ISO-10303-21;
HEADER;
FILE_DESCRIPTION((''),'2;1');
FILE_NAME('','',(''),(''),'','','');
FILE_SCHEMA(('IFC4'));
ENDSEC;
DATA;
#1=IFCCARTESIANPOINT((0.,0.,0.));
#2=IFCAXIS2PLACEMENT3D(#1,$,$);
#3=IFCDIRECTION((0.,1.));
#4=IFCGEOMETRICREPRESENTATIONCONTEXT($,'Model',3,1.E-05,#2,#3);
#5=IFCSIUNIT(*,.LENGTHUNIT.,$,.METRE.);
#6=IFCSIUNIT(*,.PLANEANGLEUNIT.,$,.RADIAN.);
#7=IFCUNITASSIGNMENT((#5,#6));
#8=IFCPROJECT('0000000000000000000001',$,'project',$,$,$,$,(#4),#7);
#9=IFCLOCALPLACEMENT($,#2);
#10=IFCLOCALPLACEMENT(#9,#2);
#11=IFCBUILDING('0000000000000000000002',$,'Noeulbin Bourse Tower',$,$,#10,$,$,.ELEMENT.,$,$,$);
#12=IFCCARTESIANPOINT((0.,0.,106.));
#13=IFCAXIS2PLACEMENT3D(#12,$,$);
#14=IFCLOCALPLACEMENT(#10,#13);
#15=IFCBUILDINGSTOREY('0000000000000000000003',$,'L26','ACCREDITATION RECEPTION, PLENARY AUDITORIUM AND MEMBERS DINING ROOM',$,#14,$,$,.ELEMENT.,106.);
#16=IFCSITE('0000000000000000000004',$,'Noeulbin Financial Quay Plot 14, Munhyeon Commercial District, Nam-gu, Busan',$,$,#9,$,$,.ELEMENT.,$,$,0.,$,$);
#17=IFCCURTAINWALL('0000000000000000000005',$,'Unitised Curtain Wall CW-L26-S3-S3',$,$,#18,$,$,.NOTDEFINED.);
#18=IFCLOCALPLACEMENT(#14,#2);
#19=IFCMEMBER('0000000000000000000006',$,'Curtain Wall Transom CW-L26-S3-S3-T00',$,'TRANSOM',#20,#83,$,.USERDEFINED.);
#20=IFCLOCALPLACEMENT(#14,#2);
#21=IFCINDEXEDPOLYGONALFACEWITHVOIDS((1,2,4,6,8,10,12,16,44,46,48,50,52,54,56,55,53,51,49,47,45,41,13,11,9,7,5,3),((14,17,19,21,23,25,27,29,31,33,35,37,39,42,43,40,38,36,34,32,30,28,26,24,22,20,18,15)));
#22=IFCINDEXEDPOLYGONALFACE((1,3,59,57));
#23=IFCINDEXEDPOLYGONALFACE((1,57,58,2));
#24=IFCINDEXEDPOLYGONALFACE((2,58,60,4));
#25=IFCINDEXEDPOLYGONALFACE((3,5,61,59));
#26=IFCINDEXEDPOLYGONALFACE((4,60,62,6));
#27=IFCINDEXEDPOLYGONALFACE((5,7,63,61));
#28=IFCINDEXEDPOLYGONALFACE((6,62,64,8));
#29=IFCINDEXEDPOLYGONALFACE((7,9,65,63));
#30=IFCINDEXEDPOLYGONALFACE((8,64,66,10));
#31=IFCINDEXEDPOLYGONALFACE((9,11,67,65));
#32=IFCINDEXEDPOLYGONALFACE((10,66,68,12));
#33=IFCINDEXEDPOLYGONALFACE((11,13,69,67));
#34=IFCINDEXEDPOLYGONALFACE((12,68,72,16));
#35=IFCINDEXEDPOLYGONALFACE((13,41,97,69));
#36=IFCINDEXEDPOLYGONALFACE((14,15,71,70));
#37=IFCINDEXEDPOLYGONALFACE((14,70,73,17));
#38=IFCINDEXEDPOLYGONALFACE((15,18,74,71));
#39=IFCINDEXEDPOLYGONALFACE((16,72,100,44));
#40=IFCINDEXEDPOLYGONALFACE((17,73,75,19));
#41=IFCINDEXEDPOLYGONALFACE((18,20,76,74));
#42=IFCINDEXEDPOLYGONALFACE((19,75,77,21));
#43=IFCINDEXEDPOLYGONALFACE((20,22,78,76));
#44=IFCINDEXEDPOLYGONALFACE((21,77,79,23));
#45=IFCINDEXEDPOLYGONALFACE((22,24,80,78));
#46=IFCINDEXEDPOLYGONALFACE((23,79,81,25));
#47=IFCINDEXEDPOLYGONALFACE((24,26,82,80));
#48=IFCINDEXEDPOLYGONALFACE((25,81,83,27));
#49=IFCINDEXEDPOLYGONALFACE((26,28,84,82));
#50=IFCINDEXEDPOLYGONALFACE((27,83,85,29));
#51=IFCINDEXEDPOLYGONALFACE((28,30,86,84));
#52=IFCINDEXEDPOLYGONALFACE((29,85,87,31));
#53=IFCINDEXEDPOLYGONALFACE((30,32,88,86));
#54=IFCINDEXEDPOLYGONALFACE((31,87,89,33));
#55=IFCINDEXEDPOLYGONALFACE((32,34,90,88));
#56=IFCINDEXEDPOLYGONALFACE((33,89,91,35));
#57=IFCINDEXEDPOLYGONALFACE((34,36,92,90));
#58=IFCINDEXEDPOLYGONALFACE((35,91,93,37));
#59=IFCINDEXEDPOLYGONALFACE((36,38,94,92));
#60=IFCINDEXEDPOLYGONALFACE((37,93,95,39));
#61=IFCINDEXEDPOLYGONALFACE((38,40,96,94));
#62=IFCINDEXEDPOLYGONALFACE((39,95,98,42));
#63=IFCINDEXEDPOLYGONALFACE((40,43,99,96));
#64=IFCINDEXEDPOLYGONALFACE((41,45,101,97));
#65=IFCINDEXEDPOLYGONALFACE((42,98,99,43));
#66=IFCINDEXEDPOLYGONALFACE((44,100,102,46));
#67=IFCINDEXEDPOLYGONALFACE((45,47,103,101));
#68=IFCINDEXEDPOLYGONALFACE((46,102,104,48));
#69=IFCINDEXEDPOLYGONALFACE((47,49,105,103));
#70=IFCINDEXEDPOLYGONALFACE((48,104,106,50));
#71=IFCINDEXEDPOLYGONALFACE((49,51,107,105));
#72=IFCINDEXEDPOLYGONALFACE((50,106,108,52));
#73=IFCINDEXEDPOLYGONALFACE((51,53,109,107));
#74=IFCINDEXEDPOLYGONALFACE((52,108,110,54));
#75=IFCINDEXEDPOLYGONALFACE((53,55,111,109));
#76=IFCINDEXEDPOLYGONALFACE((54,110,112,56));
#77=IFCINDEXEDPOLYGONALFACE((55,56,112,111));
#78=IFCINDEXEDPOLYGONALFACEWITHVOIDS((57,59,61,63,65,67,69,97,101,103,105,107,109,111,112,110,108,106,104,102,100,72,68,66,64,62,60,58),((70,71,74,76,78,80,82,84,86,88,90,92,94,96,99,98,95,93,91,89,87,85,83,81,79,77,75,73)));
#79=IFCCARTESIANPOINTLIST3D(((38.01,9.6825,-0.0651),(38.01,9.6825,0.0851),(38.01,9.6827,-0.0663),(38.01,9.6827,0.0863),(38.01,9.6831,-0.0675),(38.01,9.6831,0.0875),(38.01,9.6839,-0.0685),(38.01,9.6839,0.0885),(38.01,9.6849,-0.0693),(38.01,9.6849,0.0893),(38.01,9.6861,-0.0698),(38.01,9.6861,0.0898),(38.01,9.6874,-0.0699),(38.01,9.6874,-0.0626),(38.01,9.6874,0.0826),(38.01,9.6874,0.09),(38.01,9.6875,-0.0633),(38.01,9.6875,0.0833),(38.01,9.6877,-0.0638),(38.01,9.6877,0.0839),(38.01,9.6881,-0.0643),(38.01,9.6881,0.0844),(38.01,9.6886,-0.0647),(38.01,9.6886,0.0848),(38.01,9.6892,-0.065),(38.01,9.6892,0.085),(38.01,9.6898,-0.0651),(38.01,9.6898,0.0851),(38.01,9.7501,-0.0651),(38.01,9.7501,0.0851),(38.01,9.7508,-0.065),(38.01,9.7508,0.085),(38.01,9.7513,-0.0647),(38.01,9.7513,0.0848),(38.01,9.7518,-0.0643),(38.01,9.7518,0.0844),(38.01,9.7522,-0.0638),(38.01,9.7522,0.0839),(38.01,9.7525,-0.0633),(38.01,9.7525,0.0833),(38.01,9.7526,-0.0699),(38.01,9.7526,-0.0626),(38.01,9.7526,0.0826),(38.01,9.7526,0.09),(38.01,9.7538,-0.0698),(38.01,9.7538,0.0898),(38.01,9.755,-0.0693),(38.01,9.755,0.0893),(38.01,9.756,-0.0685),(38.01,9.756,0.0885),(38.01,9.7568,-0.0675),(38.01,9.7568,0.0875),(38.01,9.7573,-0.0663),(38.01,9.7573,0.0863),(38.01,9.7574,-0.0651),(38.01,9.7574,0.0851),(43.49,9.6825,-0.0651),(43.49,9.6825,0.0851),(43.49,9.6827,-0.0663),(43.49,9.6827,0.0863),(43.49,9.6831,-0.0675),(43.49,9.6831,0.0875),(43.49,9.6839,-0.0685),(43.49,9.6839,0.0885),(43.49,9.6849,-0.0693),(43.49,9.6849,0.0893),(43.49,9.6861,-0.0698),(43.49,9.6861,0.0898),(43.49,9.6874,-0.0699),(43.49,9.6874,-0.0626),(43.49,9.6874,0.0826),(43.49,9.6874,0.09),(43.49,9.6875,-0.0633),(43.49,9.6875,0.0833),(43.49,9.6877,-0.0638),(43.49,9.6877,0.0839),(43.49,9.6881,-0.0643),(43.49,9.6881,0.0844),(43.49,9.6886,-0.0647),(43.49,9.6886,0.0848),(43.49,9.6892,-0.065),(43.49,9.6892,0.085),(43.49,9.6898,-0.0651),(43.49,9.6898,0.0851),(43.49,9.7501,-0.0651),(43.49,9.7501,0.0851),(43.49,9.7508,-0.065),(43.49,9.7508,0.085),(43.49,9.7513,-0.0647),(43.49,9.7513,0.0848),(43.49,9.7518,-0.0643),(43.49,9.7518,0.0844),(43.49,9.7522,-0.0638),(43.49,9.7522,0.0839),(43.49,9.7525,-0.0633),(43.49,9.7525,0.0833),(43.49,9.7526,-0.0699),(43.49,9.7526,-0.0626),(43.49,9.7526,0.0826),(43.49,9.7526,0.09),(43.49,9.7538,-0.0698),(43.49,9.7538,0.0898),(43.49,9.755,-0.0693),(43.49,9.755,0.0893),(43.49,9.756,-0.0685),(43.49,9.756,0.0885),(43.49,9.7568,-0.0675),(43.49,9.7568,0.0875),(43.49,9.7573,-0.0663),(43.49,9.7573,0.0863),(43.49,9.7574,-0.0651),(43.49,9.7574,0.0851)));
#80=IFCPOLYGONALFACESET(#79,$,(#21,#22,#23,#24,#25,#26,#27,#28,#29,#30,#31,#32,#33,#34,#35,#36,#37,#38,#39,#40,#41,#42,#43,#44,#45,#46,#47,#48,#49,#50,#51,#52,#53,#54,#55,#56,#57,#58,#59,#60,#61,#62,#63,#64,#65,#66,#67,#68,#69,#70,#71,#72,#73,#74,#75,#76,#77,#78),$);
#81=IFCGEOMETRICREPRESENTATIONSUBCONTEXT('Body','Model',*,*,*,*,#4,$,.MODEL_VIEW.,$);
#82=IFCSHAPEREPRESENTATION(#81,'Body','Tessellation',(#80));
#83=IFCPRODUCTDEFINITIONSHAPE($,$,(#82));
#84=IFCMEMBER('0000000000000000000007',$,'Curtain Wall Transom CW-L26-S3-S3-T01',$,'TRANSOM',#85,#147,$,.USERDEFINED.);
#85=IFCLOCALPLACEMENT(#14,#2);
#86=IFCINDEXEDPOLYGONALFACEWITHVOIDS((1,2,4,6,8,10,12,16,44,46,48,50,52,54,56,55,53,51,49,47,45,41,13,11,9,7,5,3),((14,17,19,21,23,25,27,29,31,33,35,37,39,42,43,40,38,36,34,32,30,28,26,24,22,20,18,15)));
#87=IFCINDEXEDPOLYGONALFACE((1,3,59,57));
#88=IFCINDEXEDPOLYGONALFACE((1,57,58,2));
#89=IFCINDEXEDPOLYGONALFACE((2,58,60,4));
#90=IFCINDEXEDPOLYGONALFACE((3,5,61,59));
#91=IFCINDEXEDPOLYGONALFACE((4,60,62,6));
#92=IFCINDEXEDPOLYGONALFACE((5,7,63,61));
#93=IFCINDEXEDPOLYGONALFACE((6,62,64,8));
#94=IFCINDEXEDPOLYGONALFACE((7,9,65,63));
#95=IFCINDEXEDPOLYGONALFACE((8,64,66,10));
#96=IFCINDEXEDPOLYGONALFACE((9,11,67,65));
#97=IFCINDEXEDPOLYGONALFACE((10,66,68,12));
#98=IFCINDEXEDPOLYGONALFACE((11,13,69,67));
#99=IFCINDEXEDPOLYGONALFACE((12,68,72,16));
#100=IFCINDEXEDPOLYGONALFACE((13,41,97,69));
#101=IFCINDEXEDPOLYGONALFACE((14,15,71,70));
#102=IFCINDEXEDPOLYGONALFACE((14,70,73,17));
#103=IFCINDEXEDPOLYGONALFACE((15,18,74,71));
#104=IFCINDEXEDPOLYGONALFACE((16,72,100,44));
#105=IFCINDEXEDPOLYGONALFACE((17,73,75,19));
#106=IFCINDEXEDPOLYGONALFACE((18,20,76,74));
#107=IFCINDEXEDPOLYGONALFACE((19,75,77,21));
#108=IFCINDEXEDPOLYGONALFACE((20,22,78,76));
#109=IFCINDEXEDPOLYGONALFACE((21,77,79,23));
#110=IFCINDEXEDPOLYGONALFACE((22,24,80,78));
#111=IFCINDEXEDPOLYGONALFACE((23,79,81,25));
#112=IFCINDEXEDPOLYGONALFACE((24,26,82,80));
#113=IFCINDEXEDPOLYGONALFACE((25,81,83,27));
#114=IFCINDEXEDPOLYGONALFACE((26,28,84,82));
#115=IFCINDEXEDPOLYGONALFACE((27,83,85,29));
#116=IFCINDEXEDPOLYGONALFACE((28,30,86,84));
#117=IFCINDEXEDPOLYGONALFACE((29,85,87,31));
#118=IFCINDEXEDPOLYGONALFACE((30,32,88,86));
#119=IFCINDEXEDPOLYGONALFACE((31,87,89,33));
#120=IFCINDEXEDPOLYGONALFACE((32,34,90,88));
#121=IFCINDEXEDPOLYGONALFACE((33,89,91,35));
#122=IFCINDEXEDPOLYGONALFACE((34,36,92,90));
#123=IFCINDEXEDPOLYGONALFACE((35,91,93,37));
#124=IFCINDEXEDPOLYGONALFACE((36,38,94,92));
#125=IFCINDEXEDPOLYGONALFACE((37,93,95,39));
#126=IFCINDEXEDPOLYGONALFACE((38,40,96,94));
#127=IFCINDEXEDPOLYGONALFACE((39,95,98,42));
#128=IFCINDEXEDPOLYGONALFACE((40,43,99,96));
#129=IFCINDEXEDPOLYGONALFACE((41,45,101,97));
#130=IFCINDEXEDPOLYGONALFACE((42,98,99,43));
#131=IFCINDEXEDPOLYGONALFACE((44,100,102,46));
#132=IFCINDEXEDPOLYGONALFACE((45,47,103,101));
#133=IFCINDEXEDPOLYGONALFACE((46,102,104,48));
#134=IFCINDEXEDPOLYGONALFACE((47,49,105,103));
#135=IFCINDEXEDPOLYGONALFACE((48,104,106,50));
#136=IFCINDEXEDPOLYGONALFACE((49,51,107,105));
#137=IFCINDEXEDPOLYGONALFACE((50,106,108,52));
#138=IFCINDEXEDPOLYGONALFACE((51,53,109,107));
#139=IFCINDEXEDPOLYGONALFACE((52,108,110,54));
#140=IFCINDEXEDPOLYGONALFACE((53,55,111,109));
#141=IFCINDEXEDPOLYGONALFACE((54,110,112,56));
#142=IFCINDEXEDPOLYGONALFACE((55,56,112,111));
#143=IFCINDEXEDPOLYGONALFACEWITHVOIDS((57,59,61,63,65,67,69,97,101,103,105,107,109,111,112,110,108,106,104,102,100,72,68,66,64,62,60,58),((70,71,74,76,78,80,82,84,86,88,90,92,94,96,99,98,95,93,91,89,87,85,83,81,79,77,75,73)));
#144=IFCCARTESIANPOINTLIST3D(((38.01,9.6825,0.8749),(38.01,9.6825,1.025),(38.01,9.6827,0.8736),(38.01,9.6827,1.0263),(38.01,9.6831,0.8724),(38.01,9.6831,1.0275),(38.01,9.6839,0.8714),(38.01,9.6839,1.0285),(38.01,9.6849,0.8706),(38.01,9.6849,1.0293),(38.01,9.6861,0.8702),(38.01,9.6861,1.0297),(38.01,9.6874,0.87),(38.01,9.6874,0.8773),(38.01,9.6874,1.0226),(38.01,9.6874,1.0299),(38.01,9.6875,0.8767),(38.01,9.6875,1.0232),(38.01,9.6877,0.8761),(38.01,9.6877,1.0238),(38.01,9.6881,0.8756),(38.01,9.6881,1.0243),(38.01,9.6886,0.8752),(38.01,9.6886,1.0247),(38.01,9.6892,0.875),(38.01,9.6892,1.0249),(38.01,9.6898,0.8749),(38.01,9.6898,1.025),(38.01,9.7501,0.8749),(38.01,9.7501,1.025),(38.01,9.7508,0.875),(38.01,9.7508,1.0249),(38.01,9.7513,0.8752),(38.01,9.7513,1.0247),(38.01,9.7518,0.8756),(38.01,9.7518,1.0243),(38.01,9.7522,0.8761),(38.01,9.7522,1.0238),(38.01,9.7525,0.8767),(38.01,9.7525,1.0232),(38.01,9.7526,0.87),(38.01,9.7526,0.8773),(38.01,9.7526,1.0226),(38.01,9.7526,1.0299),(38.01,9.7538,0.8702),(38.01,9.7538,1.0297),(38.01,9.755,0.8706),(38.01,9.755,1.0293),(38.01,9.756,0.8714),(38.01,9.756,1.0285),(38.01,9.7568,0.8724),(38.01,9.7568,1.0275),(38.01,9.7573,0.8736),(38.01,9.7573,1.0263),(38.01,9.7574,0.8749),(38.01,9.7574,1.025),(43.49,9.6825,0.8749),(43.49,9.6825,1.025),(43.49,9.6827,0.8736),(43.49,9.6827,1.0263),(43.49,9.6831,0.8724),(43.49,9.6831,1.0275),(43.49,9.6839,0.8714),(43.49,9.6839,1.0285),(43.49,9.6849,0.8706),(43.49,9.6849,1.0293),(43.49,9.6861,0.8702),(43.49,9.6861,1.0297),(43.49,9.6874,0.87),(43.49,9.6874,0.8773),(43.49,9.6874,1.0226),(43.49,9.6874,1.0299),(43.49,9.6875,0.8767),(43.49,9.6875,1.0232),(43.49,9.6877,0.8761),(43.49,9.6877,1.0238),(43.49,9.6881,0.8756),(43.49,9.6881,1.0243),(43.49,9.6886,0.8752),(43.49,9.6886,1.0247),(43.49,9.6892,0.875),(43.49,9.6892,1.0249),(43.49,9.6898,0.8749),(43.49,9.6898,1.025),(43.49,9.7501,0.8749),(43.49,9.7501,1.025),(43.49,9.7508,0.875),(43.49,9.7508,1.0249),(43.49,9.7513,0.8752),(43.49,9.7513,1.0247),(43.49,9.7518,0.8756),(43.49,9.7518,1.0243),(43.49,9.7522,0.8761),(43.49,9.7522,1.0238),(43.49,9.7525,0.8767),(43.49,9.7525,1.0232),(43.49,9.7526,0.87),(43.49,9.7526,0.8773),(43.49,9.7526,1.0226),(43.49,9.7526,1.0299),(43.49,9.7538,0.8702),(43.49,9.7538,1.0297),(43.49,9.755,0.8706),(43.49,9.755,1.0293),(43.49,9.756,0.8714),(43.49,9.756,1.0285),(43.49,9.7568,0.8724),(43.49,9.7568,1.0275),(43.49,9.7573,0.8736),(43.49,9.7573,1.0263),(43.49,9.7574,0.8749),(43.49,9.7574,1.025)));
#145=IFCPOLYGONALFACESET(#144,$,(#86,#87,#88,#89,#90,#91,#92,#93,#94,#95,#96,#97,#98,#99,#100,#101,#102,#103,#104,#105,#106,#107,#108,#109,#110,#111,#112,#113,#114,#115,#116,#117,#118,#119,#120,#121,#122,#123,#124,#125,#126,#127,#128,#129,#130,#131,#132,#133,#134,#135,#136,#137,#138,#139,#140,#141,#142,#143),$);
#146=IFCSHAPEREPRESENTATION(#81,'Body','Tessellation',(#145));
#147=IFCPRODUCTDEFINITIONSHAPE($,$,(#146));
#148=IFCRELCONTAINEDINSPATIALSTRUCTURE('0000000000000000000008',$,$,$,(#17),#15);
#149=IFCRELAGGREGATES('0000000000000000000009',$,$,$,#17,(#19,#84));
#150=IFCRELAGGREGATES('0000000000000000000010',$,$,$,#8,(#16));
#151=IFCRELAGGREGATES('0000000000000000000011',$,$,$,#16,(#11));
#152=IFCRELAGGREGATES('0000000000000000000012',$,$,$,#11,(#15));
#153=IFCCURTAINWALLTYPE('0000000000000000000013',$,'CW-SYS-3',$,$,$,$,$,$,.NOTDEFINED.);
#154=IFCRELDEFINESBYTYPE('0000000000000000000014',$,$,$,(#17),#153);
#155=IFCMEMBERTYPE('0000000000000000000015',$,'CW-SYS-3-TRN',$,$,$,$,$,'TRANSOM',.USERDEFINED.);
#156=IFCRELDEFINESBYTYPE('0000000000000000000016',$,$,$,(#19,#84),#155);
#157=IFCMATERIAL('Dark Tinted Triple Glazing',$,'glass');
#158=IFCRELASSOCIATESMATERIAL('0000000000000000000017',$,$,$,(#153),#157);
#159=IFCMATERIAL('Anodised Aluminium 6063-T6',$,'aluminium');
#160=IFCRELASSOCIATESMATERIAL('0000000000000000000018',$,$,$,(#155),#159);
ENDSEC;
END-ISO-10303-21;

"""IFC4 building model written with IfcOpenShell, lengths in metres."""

from ifc_helpers import new_model, si_unit, direction, frame, origin, origin_2d, place, context, subcontext, project, spatial, hollow_rectangle, extrude, material, material_profile, profile_set, type_object, element, aggregate, save


model = new_model("IFC4")

# Units and contexts
model_context = context("Model", 3, precision=1e-05, world=origin(), true_north=direction((0.0, 1.0)))
body_context = subcontext(model_context, "Body", "Model", "MODEL_VIEW")
ifc_project = project(units=[si_unit("LENGTHUNIT", "METRE"), si_unit("PLANEANGLEUNIT", "RADIAN")], contexts=[model_context])

# Site, building, storey
site_placement = place(None, origin())
site = spatial("IfcSite", under=ifc_project, at=site_placement, Name="Noeulbin Financial Quay Plot 14, Munhyeon Commercial District, Nam-gu, Busan", CompositionType="ELEMENT", RefElevation=0.0)
building_placement = place(site_placement, origin())
building = spatial("IfcBuilding", under=site, at=building_placement, Name="Noeulbin Bourse Tower", CompositionType="ELEMENT")
storey_placement = place(building_placement, frame((0.0, 0.0, 106.0)))
storey = spatial("IfcBuildingStorey", under=building, at=storey_placement, Name="L26", Description="ACCREDITATION RECEPTION, PLENARY AUDITORIUM AND MEMBERS DINING ROOM", CompositionType="ELEMENT", Elevation=106.0)

# Shared definitions
ifc_material_1 = material(Name="Dark Tinted Triple Glazing", Category="glass")
curtain_wall_type = type_object("IfcCurtainWallType", Name="CW-SYS-3", PredefinedType="NOTDEFINED", material=ifc_material_1)
ifc_material_2 = material(Name="Anodised Aluminium 6063-T6", Category="aluminium")

# Curtain wall
curtain_wall_1_placement = place(storey_placement, origin())
curtain_wall_1 = element("IfcCurtainWall", 1, at=curtain_wall_1_placement, inside=storey, type_object=curtain_wall_type, Name="Unitised Curtain Wall CW-L26-S3-S3", PredefinedType="NOTDEFINED")

# Members
ifc_material_profile_1 = material_profile(ifc_material_2, hollow_rectangle(XDim=0.075, YDim=0.1599, WallThickness=0.0049, InnerFilletRadius=0.0024, OuterFilletRadius=0.0049, at=origin_2d()), Name="ALU-TRAN-75x160x5", Category="LoadBearing")
ifc_profile_set_1 = profile_set([ifc_material_profile_1], Name="Anodised Aluminium 6063-T6")
member_type_1 = type_object("IfcMemberType", Name="CW-SYS-3-TRN", ElementType="TRANSOM", PredefinedType="USERDEFINED", material=ifc_profile_set_1)
member_1_placement = place(storey_placement, frame((38.01, 9.72, 0.01), z_axis=(1.0, 0.0, 0.0), x_axis=(0.0, 1.0, 0.0)))
member_1 = element("IfcMember", 2, at=member_1_placement, type_object=member_type_1, Name="Curtain Wall Transom CW-L26-S3-S3-T00", ObjectType="TRANSOM", PredefinedType="USERDEFINED", context=body_context, shape_type="SweptSolid", body=[
    extrude(hollow_rectangle(XDim=0.075, YDim=0.1599, WallThickness=0.0049, InnerFilletRadius=0.0024, OuterFilletRadius=0.0049, at=origin_2d()), origin(), (0.0, 0.0, 1.0), 5.48),
])
member_2_placement = place(storey_placement, frame((38.01, 9.72, 0.95), z_axis=(1.0, 0.0, 0.0), x_axis=(0.0, 1.0, 0.0)))
member_2 = element("IfcMember", 3, at=member_2_placement, type_object=member_type_1, Name="Curtain Wall Transom CW-L26-S3-S3-T01", ObjectType="TRANSOM", PredefinedType="USERDEFINED", context=body_context, shape_type="SweptSolid", body=[
    extrude(hollow_rectangle(XDim=0.075, YDim=0.1599, WallThickness=0.0049, InnerFilletRadius=0.0024, OuterFilletRadius=0.0049, at=origin_2d()), origin(), (0.0, 0.0, 1.0), 5.48),
])
aggregate(curtain_wall_1, [member_1, member_2])

save(model, "model.ifc")
